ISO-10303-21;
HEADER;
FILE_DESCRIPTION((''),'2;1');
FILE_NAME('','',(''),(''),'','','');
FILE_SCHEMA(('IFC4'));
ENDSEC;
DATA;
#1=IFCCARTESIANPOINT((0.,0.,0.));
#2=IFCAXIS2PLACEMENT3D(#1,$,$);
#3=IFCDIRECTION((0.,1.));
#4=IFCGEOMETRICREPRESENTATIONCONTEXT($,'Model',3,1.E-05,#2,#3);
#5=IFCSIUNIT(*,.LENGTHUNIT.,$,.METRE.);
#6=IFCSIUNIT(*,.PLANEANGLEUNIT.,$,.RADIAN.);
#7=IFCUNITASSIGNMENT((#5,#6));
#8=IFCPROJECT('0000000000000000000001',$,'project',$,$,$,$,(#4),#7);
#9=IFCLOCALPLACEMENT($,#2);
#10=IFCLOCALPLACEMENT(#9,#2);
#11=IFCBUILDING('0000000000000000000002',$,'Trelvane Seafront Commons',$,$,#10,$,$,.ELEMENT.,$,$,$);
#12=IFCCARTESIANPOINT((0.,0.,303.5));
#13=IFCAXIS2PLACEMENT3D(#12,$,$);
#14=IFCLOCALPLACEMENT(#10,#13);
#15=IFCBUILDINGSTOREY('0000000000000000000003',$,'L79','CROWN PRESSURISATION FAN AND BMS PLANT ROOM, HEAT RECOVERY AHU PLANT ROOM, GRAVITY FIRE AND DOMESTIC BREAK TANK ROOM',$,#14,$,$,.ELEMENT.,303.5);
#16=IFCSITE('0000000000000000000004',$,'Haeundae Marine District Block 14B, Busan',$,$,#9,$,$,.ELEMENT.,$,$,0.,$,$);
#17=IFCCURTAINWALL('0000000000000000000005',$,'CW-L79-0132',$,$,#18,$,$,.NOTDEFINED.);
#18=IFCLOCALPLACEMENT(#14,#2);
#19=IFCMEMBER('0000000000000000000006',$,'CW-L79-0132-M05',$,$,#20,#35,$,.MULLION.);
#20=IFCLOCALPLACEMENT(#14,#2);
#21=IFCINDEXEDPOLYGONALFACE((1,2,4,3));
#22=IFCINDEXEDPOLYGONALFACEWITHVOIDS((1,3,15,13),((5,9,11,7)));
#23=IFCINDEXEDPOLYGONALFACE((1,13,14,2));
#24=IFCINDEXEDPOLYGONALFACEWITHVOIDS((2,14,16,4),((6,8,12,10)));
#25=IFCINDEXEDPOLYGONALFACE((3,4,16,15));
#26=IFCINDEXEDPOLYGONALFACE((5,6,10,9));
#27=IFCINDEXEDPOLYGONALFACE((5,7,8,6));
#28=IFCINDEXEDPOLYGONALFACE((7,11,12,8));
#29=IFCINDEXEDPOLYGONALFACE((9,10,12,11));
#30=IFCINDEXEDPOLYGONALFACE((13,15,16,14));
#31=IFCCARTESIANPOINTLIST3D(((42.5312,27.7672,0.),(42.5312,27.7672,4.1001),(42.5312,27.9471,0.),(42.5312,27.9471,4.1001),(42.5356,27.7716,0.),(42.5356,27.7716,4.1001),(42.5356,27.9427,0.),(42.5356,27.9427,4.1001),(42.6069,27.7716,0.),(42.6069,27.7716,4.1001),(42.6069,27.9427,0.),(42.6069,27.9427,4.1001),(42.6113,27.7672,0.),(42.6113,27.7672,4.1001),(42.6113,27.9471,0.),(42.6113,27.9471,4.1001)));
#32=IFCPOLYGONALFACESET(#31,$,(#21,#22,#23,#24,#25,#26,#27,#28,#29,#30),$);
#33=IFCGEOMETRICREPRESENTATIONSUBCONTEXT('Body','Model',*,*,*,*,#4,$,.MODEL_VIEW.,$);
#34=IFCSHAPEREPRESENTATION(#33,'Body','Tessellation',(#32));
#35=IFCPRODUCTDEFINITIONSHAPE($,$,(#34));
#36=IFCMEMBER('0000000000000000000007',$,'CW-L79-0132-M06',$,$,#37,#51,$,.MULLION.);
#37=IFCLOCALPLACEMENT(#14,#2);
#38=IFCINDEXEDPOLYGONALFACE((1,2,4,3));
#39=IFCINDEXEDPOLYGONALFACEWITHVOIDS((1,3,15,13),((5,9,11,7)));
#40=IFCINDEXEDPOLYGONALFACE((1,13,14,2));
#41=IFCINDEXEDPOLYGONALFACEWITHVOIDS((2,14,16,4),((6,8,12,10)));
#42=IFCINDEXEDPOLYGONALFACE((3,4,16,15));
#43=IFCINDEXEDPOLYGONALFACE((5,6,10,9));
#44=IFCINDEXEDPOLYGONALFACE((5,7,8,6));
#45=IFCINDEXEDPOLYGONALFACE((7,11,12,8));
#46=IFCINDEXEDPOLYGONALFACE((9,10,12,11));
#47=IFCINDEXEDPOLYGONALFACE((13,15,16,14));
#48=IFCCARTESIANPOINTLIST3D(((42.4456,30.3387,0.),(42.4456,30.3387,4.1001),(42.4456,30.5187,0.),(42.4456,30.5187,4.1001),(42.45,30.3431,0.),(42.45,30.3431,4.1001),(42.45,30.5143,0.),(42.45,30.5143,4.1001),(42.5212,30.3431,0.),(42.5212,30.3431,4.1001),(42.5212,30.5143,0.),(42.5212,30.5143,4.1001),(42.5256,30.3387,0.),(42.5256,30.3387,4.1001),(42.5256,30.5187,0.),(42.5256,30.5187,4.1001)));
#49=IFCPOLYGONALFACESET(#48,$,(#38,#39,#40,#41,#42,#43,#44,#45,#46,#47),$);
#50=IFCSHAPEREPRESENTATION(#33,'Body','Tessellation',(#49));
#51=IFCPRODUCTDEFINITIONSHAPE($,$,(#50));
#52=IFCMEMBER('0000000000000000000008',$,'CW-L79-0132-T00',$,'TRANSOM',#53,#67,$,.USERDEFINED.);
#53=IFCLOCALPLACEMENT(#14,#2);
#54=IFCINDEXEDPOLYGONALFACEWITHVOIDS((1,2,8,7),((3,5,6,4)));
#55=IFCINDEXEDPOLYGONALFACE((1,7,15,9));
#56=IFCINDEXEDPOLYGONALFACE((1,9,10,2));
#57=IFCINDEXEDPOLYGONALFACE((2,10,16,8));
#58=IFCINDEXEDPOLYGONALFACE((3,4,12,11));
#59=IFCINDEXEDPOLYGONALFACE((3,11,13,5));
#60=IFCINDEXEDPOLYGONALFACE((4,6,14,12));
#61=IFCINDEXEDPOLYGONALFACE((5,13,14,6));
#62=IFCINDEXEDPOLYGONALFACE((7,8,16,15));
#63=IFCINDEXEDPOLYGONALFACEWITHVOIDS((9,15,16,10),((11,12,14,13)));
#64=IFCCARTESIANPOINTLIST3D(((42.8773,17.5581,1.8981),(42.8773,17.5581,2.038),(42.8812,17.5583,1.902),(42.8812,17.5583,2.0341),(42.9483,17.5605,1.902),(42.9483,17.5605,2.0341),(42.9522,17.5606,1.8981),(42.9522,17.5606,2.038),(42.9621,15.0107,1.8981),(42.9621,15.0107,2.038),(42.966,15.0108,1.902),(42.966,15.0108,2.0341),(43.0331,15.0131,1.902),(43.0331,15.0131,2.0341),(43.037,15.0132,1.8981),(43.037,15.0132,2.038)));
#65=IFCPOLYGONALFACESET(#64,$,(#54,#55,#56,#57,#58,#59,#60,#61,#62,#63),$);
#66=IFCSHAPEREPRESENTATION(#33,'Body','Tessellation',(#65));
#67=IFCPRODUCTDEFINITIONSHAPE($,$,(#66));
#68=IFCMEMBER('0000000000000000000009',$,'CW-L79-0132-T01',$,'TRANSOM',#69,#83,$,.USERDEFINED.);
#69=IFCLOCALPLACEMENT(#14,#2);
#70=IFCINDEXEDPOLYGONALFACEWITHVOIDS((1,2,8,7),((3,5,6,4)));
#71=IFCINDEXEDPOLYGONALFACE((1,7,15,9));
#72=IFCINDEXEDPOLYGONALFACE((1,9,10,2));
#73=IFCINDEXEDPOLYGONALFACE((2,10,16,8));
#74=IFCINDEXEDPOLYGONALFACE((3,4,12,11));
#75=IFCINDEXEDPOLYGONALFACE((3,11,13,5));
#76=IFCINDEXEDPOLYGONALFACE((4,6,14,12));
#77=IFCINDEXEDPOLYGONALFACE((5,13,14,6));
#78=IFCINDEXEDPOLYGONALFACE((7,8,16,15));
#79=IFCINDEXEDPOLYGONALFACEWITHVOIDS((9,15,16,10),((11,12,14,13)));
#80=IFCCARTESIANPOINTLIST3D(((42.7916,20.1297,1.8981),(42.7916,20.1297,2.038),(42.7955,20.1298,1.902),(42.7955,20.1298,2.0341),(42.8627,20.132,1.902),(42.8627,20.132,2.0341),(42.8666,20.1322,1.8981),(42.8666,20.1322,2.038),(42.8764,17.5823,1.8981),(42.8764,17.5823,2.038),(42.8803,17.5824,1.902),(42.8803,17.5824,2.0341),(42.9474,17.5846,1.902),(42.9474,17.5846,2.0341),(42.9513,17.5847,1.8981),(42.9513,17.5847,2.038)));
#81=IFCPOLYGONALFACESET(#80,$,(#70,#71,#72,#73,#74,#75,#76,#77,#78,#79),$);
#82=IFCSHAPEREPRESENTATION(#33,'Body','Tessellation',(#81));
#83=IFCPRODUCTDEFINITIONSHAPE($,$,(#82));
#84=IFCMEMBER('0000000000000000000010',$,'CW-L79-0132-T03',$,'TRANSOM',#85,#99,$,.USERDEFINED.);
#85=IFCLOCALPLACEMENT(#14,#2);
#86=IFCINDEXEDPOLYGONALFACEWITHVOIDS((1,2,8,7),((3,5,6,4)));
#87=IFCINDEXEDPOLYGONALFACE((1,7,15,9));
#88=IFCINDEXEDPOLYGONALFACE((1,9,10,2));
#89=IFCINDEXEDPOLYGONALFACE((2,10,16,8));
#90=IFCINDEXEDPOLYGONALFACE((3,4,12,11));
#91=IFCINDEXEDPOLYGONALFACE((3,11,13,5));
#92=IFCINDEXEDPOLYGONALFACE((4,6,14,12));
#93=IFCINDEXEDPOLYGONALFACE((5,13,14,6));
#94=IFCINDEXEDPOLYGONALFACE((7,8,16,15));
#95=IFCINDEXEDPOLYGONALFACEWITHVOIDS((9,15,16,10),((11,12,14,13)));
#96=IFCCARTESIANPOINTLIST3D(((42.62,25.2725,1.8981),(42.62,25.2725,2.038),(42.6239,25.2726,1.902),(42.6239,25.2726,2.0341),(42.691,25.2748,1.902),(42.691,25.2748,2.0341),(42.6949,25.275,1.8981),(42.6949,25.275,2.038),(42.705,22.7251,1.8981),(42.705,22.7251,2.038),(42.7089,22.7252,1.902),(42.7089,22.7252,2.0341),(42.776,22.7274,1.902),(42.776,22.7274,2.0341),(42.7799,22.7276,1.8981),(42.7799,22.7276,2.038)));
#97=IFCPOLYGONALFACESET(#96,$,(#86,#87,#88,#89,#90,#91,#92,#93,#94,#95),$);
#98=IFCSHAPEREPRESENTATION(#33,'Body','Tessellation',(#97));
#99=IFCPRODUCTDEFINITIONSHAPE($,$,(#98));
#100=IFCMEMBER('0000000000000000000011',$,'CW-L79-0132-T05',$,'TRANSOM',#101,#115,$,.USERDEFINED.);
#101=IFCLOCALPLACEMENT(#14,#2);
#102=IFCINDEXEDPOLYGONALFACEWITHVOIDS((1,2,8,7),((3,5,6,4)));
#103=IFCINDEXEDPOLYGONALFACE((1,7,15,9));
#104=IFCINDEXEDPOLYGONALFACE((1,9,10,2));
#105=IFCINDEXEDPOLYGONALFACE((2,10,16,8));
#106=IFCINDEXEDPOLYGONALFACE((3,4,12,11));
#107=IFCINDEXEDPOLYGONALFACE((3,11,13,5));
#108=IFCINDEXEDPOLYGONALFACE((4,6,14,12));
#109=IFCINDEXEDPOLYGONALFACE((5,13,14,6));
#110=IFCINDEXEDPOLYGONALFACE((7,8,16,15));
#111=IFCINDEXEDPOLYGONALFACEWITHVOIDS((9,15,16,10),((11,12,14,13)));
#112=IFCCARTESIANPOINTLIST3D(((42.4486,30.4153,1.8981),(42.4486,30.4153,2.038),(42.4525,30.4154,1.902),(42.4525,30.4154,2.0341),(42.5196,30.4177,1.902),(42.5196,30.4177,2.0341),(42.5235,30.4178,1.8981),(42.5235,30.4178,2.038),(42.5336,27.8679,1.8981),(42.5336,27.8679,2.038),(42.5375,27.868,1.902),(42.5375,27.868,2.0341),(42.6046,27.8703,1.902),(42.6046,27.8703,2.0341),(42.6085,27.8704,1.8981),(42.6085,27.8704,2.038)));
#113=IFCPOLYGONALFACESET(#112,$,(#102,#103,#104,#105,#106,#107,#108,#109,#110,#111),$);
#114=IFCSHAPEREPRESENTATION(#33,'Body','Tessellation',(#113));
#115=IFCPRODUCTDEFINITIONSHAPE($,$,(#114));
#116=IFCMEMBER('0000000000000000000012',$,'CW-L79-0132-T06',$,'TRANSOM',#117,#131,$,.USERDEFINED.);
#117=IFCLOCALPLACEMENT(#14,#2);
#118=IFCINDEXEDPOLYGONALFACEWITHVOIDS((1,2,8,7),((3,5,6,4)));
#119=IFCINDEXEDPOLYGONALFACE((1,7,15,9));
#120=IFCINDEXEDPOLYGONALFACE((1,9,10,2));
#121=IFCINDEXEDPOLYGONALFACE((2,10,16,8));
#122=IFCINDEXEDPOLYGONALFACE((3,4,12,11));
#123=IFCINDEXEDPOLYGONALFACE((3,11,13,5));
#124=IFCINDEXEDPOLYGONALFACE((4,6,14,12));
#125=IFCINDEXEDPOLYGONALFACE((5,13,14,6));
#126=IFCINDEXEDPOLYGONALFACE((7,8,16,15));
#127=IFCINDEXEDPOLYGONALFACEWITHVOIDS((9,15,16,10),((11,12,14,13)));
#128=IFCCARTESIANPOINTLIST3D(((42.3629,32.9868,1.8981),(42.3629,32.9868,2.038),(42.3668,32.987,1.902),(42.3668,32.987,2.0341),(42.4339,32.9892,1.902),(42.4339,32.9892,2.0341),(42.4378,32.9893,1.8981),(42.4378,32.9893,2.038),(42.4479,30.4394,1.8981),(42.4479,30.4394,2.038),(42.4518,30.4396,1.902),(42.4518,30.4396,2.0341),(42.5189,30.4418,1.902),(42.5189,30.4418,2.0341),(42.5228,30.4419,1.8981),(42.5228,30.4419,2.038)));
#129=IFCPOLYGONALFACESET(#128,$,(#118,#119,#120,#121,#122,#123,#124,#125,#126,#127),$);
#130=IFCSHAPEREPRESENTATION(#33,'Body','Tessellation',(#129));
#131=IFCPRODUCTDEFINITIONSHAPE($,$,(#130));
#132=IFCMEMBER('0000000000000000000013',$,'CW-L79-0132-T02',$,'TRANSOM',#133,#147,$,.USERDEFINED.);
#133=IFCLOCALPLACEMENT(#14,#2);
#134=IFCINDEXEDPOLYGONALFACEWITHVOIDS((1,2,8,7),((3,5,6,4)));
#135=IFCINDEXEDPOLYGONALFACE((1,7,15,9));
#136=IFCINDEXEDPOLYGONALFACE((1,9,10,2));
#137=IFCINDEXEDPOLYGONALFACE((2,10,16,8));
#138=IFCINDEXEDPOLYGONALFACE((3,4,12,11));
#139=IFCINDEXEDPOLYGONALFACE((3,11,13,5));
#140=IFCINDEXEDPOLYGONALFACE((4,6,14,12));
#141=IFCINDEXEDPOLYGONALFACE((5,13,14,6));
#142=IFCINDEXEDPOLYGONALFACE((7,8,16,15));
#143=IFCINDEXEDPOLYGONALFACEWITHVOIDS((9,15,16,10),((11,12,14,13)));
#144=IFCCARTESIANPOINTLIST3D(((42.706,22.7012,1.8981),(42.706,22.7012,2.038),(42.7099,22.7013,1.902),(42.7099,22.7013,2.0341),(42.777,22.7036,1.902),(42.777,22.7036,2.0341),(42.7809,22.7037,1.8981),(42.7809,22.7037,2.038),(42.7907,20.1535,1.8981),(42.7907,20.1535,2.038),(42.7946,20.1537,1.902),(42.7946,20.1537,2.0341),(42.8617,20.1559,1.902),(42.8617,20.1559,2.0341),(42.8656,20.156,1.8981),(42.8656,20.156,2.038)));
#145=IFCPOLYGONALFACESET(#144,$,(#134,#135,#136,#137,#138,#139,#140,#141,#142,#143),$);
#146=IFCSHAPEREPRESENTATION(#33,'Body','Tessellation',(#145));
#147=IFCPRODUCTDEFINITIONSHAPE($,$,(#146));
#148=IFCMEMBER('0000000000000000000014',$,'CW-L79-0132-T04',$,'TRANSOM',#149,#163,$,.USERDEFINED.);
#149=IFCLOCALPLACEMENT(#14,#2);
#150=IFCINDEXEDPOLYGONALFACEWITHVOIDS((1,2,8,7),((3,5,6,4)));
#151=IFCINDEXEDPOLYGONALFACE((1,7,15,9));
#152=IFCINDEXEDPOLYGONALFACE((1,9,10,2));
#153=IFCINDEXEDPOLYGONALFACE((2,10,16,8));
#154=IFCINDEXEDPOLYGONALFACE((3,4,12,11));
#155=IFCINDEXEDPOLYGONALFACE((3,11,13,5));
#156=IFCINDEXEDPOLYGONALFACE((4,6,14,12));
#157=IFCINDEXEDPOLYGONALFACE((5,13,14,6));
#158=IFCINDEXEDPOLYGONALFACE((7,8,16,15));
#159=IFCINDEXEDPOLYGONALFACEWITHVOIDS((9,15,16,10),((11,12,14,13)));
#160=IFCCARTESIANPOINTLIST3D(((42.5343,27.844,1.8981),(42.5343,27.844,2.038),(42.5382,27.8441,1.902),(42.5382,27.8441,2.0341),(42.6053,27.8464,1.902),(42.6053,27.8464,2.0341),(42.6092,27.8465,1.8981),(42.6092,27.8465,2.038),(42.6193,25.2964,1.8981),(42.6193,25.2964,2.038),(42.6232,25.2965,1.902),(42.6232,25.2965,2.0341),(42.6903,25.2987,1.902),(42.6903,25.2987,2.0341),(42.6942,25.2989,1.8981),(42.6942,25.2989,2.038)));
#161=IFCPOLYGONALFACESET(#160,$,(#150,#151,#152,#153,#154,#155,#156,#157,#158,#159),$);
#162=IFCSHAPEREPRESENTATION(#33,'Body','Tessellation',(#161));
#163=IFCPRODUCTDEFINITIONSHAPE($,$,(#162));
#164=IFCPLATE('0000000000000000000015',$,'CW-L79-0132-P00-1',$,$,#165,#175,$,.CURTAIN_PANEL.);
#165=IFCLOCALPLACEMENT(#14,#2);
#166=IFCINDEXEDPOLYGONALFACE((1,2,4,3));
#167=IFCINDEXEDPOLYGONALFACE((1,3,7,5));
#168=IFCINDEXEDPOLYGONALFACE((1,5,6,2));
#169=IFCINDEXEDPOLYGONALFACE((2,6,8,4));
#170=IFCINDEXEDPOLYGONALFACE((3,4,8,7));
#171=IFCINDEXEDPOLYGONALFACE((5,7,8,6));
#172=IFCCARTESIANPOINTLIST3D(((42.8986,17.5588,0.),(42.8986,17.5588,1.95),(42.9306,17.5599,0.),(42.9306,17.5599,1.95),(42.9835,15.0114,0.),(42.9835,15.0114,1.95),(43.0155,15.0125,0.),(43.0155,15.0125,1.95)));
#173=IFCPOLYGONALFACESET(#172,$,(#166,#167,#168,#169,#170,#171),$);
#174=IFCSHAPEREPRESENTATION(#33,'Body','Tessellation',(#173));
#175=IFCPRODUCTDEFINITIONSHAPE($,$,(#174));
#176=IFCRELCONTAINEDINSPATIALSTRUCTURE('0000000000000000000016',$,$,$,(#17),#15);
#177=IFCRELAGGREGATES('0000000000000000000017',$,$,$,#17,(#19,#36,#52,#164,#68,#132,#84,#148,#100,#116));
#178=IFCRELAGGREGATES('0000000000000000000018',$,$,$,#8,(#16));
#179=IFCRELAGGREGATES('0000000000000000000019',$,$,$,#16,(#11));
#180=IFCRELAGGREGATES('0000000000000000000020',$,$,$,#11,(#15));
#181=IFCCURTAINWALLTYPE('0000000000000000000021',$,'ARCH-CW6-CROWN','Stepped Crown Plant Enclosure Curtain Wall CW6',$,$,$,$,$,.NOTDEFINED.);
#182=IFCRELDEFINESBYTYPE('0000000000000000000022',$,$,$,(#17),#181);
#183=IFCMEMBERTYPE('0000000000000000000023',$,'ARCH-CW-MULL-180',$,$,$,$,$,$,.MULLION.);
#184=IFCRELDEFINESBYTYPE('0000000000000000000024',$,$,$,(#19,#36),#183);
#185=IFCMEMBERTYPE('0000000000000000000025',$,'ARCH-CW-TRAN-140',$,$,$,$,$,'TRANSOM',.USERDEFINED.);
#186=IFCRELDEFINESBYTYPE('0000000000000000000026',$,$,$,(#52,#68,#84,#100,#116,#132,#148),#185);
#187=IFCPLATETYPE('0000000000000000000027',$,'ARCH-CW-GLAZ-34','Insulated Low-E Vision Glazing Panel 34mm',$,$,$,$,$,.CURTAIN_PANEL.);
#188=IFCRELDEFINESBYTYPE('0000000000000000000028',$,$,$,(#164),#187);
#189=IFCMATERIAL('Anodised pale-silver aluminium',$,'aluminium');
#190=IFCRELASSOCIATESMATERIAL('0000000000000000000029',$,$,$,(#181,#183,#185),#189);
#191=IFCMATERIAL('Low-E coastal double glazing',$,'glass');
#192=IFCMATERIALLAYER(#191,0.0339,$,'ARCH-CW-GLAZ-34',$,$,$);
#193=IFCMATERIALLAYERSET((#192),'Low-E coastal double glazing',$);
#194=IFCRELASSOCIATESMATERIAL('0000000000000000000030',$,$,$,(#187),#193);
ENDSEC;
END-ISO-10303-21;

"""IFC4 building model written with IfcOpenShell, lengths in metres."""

from ifc_helpers import new_model, si_unit, direction, frame, origin, origin_2d, place, context, subcontext, project, spatial, rectangle, hollow_rectangle, extrude, source, transform, mapped, material, layer, layer_set, material_profile, profile_set, type_object, element, aggregate, save


model = new_model("IFC4")

# Units and contexts
model_context = context("Model", 3, precision=1e-05, world=origin(), true_north=direction((0.0, 1.0)))
body_context = subcontext(model_context, "Body", "Model", "MODEL_VIEW")
ifc_project = project(units=[si_unit("LENGTHUNIT", "METRE"), si_unit("PLANEANGLEUNIT", "RADIAN")], contexts=[model_context])

# Site, building, storey
site_placement = place(None, origin())
site = spatial("IfcSite", under=ifc_project, at=site_placement, Name="Haeundae Marine District Block 14B, Busan", CompositionType="ELEMENT", RefElevation=0.0)
building_placement = place(site_placement, origin())
building = spatial("IfcBuilding", under=site, at=building_placement, Name="Trelvane Seafront Commons", CompositionType="ELEMENT")
storey_placement = place(building_placement, frame((0.0, 0.0, 303.5)))
storey = spatial("IfcBuildingStorey", under=building, at=storey_placement, Name="L79", Description="CROWN PRESSURISATION FAN AND BMS PLANT ROOM, HEAT RECOVERY AHU PLANT ROOM, GRAVITY FIRE AND DOMESTIC BREAK TANK ROOM", CompositionType="ELEMENT", Elevation=303.5)

# Shared definitions
ifc_material_1 = material(Name="Anodised pale-silver aluminium", Category="aluminium")
curtain_wall_type = type_object("IfcCurtainWallType", Name="ARCH-CW6-CROWN", Description="Stepped Crown Plant Enclosure Curtain Wall CW6", PredefinedType="NOTDEFINED", material=ifc_material_1)
ifc_material_profile_1 = material_profile(ifc_material_1, hollow_rectangle(XDim=0.0801, YDim=0.1799, WallThickness=0.0044, at=origin_2d()), Name="MULL-80x180x4.5")
ifc_profile_set_1 = profile_set([ifc_material_profile_1], Name="Anodised pale-silver aluminium")
member_type_1 = type_object("IfcMemberType", Name="ARCH-CW-MULL-180", PredefinedType="MULLION", material=ifc_profile_set_1)
shared_shape_1 = source(origin(), body_context, "Body", "SweptSolid", [
    extrude(hollow_rectangle(XDim=0.0801, YDim=0.1799, WallThickness=0.0044, at=origin_2d()), origin(), (0.0, 0.0, 1.0), 4.1001),
])

# Curtain wall, members, plate
curtain_wall_1_placement = place(storey_placement, origin())
curtain_wall_1 = element("IfcCurtainWall", 1, at=curtain_wall_1_placement, inside=storey, type_object=curtain_wall_type, Name="CW-L79-0132", PredefinedType="NOTDEFINED")
member_1_placement = place(storey_placement, frame((42.5713, 27.8572, 0.0), z_axis=(0.0, 0.0, 1.0), x_axis=(1.0, 0.0, 0.0)))
member_1 = element("IfcMember", 2, at=member_1_placement, type_object=member_type_1, Name="CW-L79-0132-M05", PredefinedType="MULLION", context=body_context, shape_type="MappedRepresentation", body=[
    mapped(shared_shape_1, transform((0.0, 0.0, 0.0), x_axis=(1.0, 0.0, 0.0), y_axis=(0.0, 1.0, 0.0), z_axis=(0.0, 0.0, 1.0), scale=1.0)),
])
member_2_placement = place(storey_placement, frame((42.4856, 30.4287, 0.0), z_axis=(0.0, 0.0, 1.0), x_axis=(1.0, 0.0, 0.0)))
member_2 = element("IfcMember", 3, at=member_2_placement, type_object=member_type_1, Name="CW-L79-0132-M06", PredefinedType="MULLION", context=body_context, shape_type="MappedRepresentation", body=[
    mapped(shared_shape_1, transform((0.0, 0.0, 0.0), x_axis=(1.0, 0.0, 0.0), y_axis=(0.0, 1.0, 0.0), z_axis=(0.0, 0.0, 1.0), scale=1.0)),
])
ifc_material_profile_2 = material_profile(ifc_material_1, hollow_rectangle(XDim=0.075, YDim=0.1399, WallThickness=0.0039, at=origin_2d()), Name="TRAN-75x140x4")
ifc_profile_set_2 = profile_set([ifc_material_profile_2], Name="Anodised pale-silver aluminium")
member_type_2 = type_object("IfcMemberType", Name="ARCH-CW-TRAN-140", ElementType="TRANSOM", PredefinedType="USERDEFINED", material=ifc_profile_set_2)
shared_shape_2 = source(origin(), body_context, "Body", "SweptSolid", [
    extrude(hollow_rectangle(XDim=0.075, YDim=0.1399, WallThickness=0.0039, at=origin_2d()), origin(), (0.0, 0.0, 1.0), 2.5488),
])
member_3_placement = place(storey_placement, frame((42.9995, 15.012, 1.968), z_axis=(-0.033238, 0.999447, 0.0), x_axis=(-0.999447, -0.033238, 0.0)))
member_3 = element("IfcMember", 4, at=member_3_placement, type_object=member_type_2, Name="CW-L79-0132-T00", ObjectType="TRANSOM", PredefinedType="USERDEFINED", context=body_context, shape_type="MappedRepresentation", body=[
    mapped(shared_shape_2, transform((0.0, 0.0, 0.0), x_axis=(1.0, 0.0, 0.0), y_axis=(0.0, 1.0, 0.0), z_axis=(0.0, 0.0, 1.0), scale=1.0)),
])
member_4_placement = place(storey_placement, frame((42.9138, 17.5835, 1.968), z_axis=(-0.033238, 0.999447, 0.0), x_axis=(-0.999447, -0.033238, 0.0)))
member_4 = element("IfcMember", 5, at=member_4_placement, type_object=member_type_2, Name="CW-L79-0132-T01", ObjectType="TRANSOM", PredefinedType="USERDEFINED", context=body_context, shape_type="MappedRepresentation", body=[
    mapped(shared_shape_2, transform((0.0, 0.0, 0.0), x_axis=(1.0, 0.0, 0.0), y_axis=(0.0, 1.0, 0.0), z_axis=(0.0, 0.0, 1.0), scale=1.0)),
])
member_5_placement = place(storey_placement, frame((42.7424, 22.7263, 1.968), z_axis=(-0.033334, 0.999444, 0.0), x_axis=(-0.999444, -0.033334, 0.0)))
member_5 = element("IfcMember", 6, at=member_5_placement, type_object=member_type_2, Name="CW-L79-0132-T03", ObjectType="TRANSOM", PredefinedType="USERDEFINED", context=body_context, shape_type="MappedRepresentation", body=[
    mapped(shared_shape_2, transform((0.0, 0.0, 0.0), x_axis=(1.0, 0.0, 0.0), y_axis=(0.0, 1.0, 0.0), z_axis=(0.0, 0.0, 1.0), scale=1.0)),
])
member_6_placement = place(storey_placement, frame((42.571, 27.8691, 1.968), z_axis=(-0.033334, 0.999444, 0.0), x_axis=(-0.999444, -0.033334, 0.0)))
member_6 = element("IfcMember", 7, at=member_6_placement, type_object=member_type_2, Name="CW-L79-0132-T05", ObjectType="TRANSOM", PredefinedType="USERDEFINED", context=body_context, shape_type="MappedRepresentation", body=[
    mapped(shared_shape_2, transform((0.0, 0.0, 0.0), x_axis=(1.0, 0.0, 0.0), y_axis=(0.0, 1.0, 0.0), z_axis=(0.0, 0.0, 1.0), scale=1.0)),
])
member_7_placement = place(storey_placement, frame((42.4854, 30.4407, 1.968), z_axis=(-0.033334, 0.999444, 0.0), x_axis=(-0.999444, -0.033334, 0.0)))
member_7 = element("IfcMember", 8, at=member_7_placement, type_object=member_type_2, Name="CW-L79-0132-T06", ObjectType="TRANSOM", PredefinedType="USERDEFINED", context=body_context, shape_type="MappedRepresentation", body=[
    mapped(shared_shape_2, transform((0.0, 0.0, 0.0), x_axis=(1.0, 0.0, 0.0), y_axis=(0.0, 1.0, 0.0), z_axis=(0.0, 0.0, 1.0), scale=1.0)),
])
shared_shape_3 = source(origin(), body_context, "Body", "SweptSolid", [
    extrude(hollow_rectangle(XDim=0.075, YDim=0.1399, WallThickness=0.0039, at=origin_2d()), origin(), (0.0, 0.0, 1.0), 2.5491),
])
member_8_placement = place(storey_placement, frame((42.8281, 20.1548, 1.968), z_axis=(-0.033235, 0.999448, 0.0), x_axis=(-0.999448, -0.033235, 0.0)))
member_8 = element("IfcMember", 9, at=member_8_placement, type_object=member_type_2, Name="CW-L79-0132-T02", ObjectType="TRANSOM", PredefinedType="USERDEFINED", context=body_context, shape_type="MappedRepresentation", body=[
    mapped(shared_shape_3, transform((0.0, 0.0, 0.0), x_axis=(1.0, 0.0, 0.0), y_axis=(0.0, 1.0, 0.0), z_axis=(0.0, 0.0, 1.0), scale=1.0)),
])
member_9_placement = place(storey_placement, frame((42.6567, 25.2976, 1.968), z_axis=(-0.033331, 0.999444, 0.0), x_axis=(-0.999444, -0.033331, 0.0)))
member_9 = element("IfcMember", 10, at=member_9_placement, type_object=member_type_2, Name="CW-L79-0132-T04", ObjectType="TRANSOM", PredefinedType="USERDEFINED", context=body_context, shape_type="MappedRepresentation", body=[
    mapped(shared_shape_3, transform((0.0, 0.0, 0.0), x_axis=(1.0, 0.0, 0.0), y_axis=(0.0, 1.0, 0.0), z_axis=(0.0, 0.0, 1.0), scale=1.0)),
])
ifc_material_2 = material(Name="Low-E coastal double glazing", Category="glass")
ifc_layer_1 = layer(ifc_material_2, 0.0339, Name="ARCH-CW-GLAZ-34")
ifc_layer_set_1 = layer_set([ifc_layer_1], Name="Low-E coastal double glazing")
plate_type_1 = type_object("IfcPlateType", Name="ARCH-CW-GLAZ-34", Description="Insulated Low-E Vision Glazing Panel 34mm", PredefinedType="CURTAIN_PANEL", material=ifc_layer_set_1)
shared_shape_4 = source(origin(), body_context, "Body", "SweptSolid", [
    extrude(rectangle(XDim=2.5488, YDim=0.032, at=origin_2d()), origin(), (0.0, 0.0, 1.0), 1.95),
])
plate_1_placement = place(storey_placement, frame((42.957, 16.2856, 0.0), z_axis=(0.0, 0.0, 1.0), x_axis=(-0.03331, 0.999445, 0.0)))
plate_1 = element("IfcPlate", 11, at=plate_1_placement, type_object=plate_type_1, Name="CW-L79-0132-P00-1", PredefinedType="CURTAIN_PANEL", context=body_context, shape_type="MappedRepresentation", body=[
    mapped(shared_shape_4, transform((0.0, 0.0, 0.0), x_axis=(1.0, 0.0, 0.0), y_axis=(0.0, 1.0, 0.0), z_axis=(0.0, 0.0, 1.0), scale=1.0)),
])
aggregate(curtain_wall_1, [member_1, member_2, member_3, plate_1, member_4, member_8, member_5, member_9, member_6, member_7])

save(model, "model.ifc")
